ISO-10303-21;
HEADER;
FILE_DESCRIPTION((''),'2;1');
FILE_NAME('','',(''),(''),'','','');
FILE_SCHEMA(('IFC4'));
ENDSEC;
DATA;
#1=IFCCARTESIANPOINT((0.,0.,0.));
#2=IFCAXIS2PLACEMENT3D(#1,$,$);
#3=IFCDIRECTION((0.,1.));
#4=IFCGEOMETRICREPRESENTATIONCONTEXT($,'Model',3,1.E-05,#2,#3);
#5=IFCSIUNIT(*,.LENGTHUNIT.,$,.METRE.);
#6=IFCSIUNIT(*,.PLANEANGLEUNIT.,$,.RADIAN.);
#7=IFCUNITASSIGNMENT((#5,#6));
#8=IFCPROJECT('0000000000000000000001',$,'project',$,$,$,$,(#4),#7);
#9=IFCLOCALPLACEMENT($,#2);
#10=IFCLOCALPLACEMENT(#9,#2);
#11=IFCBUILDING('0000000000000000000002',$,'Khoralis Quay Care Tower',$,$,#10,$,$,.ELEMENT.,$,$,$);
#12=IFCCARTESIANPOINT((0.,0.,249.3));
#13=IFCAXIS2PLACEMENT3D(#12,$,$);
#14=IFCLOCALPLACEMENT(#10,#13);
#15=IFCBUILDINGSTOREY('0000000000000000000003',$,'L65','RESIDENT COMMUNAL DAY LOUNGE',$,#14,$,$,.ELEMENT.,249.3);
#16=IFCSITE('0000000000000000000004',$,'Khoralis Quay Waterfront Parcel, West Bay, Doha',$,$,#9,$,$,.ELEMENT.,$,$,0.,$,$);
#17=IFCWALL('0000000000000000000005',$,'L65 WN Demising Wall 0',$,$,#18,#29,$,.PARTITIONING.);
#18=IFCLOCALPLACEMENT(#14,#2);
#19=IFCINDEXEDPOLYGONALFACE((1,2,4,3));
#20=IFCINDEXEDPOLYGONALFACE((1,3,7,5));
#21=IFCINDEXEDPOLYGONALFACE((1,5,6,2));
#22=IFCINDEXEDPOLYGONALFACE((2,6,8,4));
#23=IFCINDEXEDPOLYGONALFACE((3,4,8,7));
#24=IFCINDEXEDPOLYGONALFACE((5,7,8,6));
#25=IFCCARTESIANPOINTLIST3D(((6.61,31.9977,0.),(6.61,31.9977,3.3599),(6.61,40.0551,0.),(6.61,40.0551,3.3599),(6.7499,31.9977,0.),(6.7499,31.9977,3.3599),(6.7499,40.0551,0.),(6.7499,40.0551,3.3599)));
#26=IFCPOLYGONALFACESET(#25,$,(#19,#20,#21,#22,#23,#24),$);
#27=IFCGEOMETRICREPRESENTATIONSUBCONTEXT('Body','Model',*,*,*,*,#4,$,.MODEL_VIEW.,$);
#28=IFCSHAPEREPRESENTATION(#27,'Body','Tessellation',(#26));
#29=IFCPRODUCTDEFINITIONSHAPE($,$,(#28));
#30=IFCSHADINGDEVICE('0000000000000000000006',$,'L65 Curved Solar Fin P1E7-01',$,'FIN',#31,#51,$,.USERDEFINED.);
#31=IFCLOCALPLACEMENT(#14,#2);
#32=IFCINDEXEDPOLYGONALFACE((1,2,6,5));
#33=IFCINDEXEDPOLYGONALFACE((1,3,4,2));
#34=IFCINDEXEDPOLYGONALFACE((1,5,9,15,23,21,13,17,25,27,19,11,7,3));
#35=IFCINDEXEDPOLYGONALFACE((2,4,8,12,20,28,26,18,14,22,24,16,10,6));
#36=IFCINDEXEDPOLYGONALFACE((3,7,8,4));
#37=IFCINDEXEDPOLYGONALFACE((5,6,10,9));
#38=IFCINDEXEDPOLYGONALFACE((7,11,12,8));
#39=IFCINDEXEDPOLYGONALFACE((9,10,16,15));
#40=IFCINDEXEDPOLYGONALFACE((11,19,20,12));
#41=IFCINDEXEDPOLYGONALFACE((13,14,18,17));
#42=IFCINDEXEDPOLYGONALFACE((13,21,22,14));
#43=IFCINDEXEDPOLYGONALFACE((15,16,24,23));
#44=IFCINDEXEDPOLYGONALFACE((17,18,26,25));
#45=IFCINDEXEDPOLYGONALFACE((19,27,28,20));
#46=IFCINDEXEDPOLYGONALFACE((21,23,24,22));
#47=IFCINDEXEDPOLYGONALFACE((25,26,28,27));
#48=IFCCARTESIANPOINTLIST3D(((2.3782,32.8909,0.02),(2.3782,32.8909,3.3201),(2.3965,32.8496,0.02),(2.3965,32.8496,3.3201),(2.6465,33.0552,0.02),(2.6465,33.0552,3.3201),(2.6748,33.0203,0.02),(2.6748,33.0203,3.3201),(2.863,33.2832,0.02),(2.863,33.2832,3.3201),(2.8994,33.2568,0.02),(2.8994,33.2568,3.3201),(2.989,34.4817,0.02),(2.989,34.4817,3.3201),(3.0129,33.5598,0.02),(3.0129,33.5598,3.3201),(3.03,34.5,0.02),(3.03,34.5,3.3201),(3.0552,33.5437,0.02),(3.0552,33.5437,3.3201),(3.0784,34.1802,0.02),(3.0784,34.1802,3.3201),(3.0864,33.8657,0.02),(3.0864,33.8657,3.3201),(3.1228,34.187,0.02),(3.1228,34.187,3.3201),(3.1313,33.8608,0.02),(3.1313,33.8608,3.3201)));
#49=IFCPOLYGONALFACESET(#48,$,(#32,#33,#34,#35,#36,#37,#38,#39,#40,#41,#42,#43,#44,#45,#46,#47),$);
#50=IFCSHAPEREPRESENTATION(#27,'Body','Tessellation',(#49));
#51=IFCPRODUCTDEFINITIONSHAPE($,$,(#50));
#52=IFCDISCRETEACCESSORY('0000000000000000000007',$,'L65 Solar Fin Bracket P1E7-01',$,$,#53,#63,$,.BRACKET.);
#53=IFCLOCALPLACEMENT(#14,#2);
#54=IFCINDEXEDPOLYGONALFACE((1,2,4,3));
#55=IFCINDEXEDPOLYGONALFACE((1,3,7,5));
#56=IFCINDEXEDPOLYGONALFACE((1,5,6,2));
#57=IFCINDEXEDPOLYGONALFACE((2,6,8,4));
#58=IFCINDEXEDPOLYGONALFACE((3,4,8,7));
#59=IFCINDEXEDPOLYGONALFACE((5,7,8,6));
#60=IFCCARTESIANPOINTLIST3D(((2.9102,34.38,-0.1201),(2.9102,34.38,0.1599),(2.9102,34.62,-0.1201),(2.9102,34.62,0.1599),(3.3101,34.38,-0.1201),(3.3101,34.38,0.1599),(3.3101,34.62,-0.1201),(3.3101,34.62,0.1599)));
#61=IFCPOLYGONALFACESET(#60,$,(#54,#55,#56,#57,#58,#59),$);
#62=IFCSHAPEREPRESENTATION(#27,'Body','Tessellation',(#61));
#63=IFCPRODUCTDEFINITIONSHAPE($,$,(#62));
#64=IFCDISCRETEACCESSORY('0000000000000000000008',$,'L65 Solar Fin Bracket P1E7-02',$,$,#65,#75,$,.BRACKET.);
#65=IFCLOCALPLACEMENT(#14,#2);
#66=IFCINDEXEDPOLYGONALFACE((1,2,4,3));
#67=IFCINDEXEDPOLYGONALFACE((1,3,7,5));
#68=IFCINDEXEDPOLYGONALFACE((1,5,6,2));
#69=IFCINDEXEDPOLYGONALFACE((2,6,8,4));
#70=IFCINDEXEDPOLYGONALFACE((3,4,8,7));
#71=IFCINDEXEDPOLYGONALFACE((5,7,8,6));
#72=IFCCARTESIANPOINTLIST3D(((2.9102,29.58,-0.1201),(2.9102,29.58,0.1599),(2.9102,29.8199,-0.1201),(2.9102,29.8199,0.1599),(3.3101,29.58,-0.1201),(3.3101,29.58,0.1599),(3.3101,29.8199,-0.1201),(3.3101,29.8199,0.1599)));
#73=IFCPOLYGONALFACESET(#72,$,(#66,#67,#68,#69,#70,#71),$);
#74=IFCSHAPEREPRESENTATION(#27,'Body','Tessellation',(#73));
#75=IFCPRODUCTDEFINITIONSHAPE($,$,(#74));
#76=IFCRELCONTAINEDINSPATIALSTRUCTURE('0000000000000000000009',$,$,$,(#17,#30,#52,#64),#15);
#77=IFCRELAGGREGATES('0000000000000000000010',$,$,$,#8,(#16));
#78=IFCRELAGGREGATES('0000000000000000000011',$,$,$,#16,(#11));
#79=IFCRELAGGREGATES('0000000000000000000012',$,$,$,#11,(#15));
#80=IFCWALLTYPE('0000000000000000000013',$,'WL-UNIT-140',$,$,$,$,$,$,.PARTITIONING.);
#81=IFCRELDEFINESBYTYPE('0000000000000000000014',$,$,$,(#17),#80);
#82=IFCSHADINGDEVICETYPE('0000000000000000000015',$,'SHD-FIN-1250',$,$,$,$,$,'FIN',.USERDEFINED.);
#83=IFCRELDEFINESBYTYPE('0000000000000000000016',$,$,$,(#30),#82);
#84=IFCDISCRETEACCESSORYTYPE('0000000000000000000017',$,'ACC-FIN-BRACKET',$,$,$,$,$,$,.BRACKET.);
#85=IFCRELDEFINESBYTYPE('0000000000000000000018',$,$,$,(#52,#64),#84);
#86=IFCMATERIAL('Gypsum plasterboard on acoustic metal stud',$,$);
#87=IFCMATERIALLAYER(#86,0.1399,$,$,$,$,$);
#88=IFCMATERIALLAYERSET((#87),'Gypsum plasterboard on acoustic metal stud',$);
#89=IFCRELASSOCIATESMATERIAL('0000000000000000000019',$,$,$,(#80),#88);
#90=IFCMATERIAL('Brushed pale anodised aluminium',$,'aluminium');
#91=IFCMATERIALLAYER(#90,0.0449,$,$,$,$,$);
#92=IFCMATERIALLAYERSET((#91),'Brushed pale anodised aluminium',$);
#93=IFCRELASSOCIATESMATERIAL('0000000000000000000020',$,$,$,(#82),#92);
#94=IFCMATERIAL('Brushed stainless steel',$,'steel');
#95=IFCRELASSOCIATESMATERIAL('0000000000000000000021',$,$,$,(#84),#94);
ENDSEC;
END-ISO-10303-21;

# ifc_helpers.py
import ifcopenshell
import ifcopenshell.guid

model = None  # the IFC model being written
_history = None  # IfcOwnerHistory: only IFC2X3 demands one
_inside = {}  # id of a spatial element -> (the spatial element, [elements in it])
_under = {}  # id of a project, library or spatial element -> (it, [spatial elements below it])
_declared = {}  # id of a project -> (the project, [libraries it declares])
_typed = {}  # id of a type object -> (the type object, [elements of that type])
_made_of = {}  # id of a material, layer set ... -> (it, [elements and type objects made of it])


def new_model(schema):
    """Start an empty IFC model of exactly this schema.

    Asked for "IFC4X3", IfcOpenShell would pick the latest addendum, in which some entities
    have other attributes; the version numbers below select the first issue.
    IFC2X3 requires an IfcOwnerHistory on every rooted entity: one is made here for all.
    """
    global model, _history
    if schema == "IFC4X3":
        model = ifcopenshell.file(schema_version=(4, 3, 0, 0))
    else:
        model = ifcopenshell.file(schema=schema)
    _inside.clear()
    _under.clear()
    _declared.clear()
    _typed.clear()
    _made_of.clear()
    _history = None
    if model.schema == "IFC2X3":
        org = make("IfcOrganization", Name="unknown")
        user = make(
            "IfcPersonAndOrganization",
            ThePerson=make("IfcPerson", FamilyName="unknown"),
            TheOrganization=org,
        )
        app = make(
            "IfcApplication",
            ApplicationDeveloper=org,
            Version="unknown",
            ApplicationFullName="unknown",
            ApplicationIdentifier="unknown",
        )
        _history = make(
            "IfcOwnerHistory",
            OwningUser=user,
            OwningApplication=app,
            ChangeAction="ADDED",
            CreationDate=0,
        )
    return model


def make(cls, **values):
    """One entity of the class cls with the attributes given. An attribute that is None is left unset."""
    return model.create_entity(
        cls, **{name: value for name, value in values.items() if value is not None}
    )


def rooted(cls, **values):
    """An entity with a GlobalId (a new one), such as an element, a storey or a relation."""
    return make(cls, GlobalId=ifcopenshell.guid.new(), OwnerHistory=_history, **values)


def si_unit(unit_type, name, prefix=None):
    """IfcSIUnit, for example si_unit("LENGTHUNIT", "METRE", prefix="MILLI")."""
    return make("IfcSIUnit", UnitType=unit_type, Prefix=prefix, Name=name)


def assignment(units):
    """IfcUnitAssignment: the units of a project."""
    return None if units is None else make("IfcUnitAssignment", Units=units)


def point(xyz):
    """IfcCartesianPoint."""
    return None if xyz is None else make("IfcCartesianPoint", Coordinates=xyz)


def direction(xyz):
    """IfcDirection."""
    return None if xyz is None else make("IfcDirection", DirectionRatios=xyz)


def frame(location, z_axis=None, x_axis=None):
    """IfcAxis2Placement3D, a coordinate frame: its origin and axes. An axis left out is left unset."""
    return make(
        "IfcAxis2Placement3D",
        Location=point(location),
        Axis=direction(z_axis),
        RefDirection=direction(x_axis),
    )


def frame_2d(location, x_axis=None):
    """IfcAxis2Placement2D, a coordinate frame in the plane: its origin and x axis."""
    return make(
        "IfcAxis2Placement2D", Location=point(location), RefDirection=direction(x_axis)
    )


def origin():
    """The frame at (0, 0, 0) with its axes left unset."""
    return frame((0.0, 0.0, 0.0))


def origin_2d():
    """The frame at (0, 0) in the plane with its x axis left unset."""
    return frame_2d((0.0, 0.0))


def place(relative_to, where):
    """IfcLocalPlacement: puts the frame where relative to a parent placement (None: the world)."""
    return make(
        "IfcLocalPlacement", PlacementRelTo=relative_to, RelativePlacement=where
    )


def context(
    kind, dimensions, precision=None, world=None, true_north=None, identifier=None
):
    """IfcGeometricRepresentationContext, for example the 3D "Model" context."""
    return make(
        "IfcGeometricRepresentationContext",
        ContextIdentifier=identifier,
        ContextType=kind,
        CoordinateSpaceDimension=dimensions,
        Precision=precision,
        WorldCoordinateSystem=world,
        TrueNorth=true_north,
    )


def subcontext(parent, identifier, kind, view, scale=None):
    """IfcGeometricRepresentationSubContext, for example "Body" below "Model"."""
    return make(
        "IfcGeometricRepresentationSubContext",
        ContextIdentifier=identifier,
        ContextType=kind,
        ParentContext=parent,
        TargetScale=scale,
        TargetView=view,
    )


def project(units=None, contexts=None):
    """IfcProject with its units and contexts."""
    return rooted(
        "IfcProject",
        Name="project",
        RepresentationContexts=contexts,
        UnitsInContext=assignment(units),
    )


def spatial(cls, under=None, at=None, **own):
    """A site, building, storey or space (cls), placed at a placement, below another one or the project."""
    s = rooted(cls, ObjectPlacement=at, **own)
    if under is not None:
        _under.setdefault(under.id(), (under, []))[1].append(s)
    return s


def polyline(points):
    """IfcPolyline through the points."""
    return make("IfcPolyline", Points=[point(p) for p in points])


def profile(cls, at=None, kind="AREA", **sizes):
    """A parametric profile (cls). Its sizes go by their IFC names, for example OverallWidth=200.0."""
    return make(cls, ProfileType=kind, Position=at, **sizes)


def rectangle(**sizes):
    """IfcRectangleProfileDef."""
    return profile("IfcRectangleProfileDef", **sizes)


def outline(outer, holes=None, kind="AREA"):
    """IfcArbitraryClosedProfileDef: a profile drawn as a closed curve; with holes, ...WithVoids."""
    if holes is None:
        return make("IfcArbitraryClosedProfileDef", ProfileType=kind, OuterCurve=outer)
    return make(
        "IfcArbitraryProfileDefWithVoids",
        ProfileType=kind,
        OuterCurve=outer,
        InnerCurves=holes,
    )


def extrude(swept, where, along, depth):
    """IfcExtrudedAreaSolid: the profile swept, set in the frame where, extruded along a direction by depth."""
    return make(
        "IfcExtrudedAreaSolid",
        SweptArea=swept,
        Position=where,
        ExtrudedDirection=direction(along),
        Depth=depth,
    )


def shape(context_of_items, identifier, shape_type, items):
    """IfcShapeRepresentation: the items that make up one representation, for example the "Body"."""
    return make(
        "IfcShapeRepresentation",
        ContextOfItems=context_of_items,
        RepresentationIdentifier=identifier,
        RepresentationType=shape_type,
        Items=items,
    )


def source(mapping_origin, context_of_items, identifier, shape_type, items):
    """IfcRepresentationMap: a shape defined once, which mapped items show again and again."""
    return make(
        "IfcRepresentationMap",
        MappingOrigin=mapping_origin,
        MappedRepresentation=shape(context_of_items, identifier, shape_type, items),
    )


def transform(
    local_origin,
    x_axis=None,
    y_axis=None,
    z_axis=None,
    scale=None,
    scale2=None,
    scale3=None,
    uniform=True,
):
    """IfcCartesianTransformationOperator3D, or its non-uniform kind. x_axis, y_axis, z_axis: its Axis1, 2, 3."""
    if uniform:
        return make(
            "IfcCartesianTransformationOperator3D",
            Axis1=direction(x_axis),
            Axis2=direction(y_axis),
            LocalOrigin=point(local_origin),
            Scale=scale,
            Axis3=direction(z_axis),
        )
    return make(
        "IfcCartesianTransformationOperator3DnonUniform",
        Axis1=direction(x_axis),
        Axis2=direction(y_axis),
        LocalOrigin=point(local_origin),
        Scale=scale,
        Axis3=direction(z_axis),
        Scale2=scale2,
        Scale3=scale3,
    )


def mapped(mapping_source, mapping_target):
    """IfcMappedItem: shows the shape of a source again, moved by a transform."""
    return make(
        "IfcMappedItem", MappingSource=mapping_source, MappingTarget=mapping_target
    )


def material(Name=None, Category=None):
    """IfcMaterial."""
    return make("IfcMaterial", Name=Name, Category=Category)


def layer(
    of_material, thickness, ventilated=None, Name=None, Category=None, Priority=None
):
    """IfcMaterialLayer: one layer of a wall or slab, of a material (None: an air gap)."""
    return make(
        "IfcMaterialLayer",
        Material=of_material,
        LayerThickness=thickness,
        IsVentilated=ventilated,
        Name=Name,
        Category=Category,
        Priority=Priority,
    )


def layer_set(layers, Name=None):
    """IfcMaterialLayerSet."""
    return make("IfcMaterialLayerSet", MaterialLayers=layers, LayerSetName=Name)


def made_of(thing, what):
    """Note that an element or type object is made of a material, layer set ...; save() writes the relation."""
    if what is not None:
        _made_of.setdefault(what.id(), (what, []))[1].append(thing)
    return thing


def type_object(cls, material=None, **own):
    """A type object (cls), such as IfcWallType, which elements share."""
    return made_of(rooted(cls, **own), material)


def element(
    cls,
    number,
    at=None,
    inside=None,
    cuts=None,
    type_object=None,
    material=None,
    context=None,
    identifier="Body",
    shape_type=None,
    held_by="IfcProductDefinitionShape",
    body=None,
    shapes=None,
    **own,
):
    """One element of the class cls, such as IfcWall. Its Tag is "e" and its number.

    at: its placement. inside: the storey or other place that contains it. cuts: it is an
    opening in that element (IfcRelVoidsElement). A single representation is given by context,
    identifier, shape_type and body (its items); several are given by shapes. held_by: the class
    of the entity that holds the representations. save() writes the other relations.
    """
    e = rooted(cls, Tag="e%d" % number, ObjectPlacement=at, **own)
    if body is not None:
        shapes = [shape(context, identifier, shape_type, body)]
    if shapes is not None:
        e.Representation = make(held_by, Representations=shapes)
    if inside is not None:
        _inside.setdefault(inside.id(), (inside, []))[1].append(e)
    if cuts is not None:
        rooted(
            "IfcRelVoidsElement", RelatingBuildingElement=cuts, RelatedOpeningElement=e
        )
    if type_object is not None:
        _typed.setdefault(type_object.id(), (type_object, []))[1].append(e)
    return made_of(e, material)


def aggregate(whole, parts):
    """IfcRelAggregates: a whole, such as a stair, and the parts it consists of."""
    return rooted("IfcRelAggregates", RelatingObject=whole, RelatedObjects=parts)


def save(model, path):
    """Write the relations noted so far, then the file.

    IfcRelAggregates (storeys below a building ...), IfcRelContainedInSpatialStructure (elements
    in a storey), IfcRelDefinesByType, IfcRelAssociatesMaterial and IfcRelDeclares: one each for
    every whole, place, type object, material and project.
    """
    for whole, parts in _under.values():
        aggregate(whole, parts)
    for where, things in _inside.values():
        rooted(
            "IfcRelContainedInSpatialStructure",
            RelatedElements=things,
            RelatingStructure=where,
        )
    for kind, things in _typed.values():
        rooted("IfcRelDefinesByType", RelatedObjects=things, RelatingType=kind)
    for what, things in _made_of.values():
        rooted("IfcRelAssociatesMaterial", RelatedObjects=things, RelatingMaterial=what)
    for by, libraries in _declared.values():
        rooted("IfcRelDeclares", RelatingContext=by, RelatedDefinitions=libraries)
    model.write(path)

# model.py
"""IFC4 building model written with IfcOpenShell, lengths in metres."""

from ifc_helpers import new_model, si_unit, direction, frame, frame_2d, origin, origin_2d, place, context, subcontext, project, spatial, polyline, rectangle, outline, extrude, source, transform, mapped, material, layer, layer_set, type_object, element, save


model = new_model("IFC4")

# Units and contexts
model_context = context("Model", 3, precision=1e-05, world=origin(), true_north=direction((0.0, 1.0)))
body_context = subcontext(model_context, "Body", "Model", "MODEL_VIEW")
ifc_project = project(units=[si_unit("LENGTHUNIT", "METRE"), si_unit("PLANEANGLEUNIT", "RADIAN")], contexts=[model_context])

# Site, building, storey
site_placement = place(None, origin())
site = spatial("IfcSite", under=ifc_project, at=site_placement, Name="Khoralis Quay Waterfront Parcel, West Bay, Doha", CompositionType="ELEMENT", RefElevation=0.0)
building_placement = place(site_placement, origin())
building = spatial("IfcBuilding", under=site, at=building_placement, Name="Khoralis Quay Care Tower", CompositionType="ELEMENT")
storey_placement = place(building_placement, frame((0.0, 0.0, 249.3)))
storey = spatial("IfcBuildingStorey", under=building, at=storey_placement, Name="L65", Description="RESIDENT COMMUNAL DAY LOUNGE", CompositionType="ELEMENT", Elevation=249.3)

# Shared definitions
ifc_material_1 = material(Name="Gypsum plasterboard on acoustic metal stud")

# Wall
ifc_layer_1 = layer(ifc_material_1, 0.1399)
ifc_layer_set_1 = layer_set([ifc_layer_1], Name="Gypsum plasterboard on acoustic metal stud")
wall_type_1 = type_object("IfcWallType", Name="WL-UNIT-140", PredefinedType="PARTITIONING", material=ifc_layer_set_1)
wall_1_placement = place(storey_placement, frame((6.6799, 31.9976, 0.0), z_axis=(0.0, 0.0, 1.0), x_axis=(0.0, 1.0, 0.0)))
element("IfcWall", 1, at=wall_1_placement, inside=storey, type_object=wall_type_1, Name="L65 WN Demising Wall 0", PredefinedType="PARTITIONING", context=body_context, shape_type="SweptSolid", body=[
    extrude(rectangle(XDim=8.0574, YDim=0.1399, at=frame_2d((4.0288, 0.0))), origin(), (0.0, 0.0, 1.0), 3.3599),
])

# Shading device
ifc_material_2 = material(Name="Brushed pale anodised aluminium", Category="aluminium")
ifc_layer_2 = layer(ifc_material_2, 0.0449)
ifc_layer_set_2 = layer_set([ifc_layer_2], Name="Brushed pale anodised aluminium")
shading_device_type = type_object("IfcShadingDeviceType", Name="SHD-FIN-1250", ElementType="FIN", PredefinedType="USERDEFINED", material=ifc_layer_set_2)
shared_shape_1 = source(origin(), body_context, "Body", "SweptSolid", [
    extrude(outline(polyline([(0.0, 0.0), (-0.0928, 0.313), (-0.1013, 0.6392), (-0.0251, 0.9563), (0.1306, 1.2432), (0.3552, 1.4797), (0.6335, 1.6504), (0.6519, 1.6091), (0.3835, 1.4448), (0.167, 1.2168), (0.0171, 0.9402), (-0.0564, 0.6343), (-0.0483, 0.3198), (0.041, 0.0183), (0.0, 0.0)])), origin(), (0.0, 0.0, 1.0), 3.3),
])
shading_device_placement = place(storey_placement, frame((3.03, 34.5, 0.02), z_axis=(0.0, 0.0, 1.0), x_axis=(-1.0, 0.0, 0.0)))
element("IfcShadingDevice", 2, at=shading_device_placement, inside=storey, type_object=shading_device_type, Name="L65 Curved Solar Fin P1E7-01", ObjectType="FIN", PredefinedType="USERDEFINED", context=body_context, shape_type="MappedRepresentation", body=[
    mapped(shared_shape_1, transform((0.0, 0.0, 0.0), scale=1.0)),
])

# Discrete accessories
ifc_material_3 = material(Name="Brushed stainless steel", Category="steel")
discrete_accessory_type = type_object("IfcDiscreteAccessoryType", Name="ACC-FIN-BRACKET", PredefinedType="BRACKET", material=ifc_material_3)
shared_shape_2 = source(origin(), body_context, "Body", "SweptSolid", [
    extrude(rectangle(XDim=0.3999, YDim=0.24, at=origin_2d()), origin(), (0.0, 0.0, 1.0), 0.28),
])
for number, where, z_axis, x_axis, name in (
    (3, (3.1101, 34.5, -0.1201), (0.0, 0.0, 1.0), (-1.0, 0.0, 0.0), "L65 Solar Fin Bracket P1E7-01"),
    (4, (3.1101, 29.7, -0.1201), (0.0, 0.0, 1.0), (-1.0, 0.0, 0.0), "L65 Solar Fin Bracket P1E7-02"),
):
    element("IfcDiscreteAccessory", number, at=place(storey_placement, frame(where, z_axis=z_axis, x_axis=x_axis)), inside=storey, type_object=discrete_accessory_type, Name=name, PredefinedType="BRACKET", context=body_context, shape_type="MappedRepresentation", body=[
        mapped(shared_shape_2, transform((0.0, 0.0, 0.0), scale=1.0)),
    ])

save(model, "model.ifc")
